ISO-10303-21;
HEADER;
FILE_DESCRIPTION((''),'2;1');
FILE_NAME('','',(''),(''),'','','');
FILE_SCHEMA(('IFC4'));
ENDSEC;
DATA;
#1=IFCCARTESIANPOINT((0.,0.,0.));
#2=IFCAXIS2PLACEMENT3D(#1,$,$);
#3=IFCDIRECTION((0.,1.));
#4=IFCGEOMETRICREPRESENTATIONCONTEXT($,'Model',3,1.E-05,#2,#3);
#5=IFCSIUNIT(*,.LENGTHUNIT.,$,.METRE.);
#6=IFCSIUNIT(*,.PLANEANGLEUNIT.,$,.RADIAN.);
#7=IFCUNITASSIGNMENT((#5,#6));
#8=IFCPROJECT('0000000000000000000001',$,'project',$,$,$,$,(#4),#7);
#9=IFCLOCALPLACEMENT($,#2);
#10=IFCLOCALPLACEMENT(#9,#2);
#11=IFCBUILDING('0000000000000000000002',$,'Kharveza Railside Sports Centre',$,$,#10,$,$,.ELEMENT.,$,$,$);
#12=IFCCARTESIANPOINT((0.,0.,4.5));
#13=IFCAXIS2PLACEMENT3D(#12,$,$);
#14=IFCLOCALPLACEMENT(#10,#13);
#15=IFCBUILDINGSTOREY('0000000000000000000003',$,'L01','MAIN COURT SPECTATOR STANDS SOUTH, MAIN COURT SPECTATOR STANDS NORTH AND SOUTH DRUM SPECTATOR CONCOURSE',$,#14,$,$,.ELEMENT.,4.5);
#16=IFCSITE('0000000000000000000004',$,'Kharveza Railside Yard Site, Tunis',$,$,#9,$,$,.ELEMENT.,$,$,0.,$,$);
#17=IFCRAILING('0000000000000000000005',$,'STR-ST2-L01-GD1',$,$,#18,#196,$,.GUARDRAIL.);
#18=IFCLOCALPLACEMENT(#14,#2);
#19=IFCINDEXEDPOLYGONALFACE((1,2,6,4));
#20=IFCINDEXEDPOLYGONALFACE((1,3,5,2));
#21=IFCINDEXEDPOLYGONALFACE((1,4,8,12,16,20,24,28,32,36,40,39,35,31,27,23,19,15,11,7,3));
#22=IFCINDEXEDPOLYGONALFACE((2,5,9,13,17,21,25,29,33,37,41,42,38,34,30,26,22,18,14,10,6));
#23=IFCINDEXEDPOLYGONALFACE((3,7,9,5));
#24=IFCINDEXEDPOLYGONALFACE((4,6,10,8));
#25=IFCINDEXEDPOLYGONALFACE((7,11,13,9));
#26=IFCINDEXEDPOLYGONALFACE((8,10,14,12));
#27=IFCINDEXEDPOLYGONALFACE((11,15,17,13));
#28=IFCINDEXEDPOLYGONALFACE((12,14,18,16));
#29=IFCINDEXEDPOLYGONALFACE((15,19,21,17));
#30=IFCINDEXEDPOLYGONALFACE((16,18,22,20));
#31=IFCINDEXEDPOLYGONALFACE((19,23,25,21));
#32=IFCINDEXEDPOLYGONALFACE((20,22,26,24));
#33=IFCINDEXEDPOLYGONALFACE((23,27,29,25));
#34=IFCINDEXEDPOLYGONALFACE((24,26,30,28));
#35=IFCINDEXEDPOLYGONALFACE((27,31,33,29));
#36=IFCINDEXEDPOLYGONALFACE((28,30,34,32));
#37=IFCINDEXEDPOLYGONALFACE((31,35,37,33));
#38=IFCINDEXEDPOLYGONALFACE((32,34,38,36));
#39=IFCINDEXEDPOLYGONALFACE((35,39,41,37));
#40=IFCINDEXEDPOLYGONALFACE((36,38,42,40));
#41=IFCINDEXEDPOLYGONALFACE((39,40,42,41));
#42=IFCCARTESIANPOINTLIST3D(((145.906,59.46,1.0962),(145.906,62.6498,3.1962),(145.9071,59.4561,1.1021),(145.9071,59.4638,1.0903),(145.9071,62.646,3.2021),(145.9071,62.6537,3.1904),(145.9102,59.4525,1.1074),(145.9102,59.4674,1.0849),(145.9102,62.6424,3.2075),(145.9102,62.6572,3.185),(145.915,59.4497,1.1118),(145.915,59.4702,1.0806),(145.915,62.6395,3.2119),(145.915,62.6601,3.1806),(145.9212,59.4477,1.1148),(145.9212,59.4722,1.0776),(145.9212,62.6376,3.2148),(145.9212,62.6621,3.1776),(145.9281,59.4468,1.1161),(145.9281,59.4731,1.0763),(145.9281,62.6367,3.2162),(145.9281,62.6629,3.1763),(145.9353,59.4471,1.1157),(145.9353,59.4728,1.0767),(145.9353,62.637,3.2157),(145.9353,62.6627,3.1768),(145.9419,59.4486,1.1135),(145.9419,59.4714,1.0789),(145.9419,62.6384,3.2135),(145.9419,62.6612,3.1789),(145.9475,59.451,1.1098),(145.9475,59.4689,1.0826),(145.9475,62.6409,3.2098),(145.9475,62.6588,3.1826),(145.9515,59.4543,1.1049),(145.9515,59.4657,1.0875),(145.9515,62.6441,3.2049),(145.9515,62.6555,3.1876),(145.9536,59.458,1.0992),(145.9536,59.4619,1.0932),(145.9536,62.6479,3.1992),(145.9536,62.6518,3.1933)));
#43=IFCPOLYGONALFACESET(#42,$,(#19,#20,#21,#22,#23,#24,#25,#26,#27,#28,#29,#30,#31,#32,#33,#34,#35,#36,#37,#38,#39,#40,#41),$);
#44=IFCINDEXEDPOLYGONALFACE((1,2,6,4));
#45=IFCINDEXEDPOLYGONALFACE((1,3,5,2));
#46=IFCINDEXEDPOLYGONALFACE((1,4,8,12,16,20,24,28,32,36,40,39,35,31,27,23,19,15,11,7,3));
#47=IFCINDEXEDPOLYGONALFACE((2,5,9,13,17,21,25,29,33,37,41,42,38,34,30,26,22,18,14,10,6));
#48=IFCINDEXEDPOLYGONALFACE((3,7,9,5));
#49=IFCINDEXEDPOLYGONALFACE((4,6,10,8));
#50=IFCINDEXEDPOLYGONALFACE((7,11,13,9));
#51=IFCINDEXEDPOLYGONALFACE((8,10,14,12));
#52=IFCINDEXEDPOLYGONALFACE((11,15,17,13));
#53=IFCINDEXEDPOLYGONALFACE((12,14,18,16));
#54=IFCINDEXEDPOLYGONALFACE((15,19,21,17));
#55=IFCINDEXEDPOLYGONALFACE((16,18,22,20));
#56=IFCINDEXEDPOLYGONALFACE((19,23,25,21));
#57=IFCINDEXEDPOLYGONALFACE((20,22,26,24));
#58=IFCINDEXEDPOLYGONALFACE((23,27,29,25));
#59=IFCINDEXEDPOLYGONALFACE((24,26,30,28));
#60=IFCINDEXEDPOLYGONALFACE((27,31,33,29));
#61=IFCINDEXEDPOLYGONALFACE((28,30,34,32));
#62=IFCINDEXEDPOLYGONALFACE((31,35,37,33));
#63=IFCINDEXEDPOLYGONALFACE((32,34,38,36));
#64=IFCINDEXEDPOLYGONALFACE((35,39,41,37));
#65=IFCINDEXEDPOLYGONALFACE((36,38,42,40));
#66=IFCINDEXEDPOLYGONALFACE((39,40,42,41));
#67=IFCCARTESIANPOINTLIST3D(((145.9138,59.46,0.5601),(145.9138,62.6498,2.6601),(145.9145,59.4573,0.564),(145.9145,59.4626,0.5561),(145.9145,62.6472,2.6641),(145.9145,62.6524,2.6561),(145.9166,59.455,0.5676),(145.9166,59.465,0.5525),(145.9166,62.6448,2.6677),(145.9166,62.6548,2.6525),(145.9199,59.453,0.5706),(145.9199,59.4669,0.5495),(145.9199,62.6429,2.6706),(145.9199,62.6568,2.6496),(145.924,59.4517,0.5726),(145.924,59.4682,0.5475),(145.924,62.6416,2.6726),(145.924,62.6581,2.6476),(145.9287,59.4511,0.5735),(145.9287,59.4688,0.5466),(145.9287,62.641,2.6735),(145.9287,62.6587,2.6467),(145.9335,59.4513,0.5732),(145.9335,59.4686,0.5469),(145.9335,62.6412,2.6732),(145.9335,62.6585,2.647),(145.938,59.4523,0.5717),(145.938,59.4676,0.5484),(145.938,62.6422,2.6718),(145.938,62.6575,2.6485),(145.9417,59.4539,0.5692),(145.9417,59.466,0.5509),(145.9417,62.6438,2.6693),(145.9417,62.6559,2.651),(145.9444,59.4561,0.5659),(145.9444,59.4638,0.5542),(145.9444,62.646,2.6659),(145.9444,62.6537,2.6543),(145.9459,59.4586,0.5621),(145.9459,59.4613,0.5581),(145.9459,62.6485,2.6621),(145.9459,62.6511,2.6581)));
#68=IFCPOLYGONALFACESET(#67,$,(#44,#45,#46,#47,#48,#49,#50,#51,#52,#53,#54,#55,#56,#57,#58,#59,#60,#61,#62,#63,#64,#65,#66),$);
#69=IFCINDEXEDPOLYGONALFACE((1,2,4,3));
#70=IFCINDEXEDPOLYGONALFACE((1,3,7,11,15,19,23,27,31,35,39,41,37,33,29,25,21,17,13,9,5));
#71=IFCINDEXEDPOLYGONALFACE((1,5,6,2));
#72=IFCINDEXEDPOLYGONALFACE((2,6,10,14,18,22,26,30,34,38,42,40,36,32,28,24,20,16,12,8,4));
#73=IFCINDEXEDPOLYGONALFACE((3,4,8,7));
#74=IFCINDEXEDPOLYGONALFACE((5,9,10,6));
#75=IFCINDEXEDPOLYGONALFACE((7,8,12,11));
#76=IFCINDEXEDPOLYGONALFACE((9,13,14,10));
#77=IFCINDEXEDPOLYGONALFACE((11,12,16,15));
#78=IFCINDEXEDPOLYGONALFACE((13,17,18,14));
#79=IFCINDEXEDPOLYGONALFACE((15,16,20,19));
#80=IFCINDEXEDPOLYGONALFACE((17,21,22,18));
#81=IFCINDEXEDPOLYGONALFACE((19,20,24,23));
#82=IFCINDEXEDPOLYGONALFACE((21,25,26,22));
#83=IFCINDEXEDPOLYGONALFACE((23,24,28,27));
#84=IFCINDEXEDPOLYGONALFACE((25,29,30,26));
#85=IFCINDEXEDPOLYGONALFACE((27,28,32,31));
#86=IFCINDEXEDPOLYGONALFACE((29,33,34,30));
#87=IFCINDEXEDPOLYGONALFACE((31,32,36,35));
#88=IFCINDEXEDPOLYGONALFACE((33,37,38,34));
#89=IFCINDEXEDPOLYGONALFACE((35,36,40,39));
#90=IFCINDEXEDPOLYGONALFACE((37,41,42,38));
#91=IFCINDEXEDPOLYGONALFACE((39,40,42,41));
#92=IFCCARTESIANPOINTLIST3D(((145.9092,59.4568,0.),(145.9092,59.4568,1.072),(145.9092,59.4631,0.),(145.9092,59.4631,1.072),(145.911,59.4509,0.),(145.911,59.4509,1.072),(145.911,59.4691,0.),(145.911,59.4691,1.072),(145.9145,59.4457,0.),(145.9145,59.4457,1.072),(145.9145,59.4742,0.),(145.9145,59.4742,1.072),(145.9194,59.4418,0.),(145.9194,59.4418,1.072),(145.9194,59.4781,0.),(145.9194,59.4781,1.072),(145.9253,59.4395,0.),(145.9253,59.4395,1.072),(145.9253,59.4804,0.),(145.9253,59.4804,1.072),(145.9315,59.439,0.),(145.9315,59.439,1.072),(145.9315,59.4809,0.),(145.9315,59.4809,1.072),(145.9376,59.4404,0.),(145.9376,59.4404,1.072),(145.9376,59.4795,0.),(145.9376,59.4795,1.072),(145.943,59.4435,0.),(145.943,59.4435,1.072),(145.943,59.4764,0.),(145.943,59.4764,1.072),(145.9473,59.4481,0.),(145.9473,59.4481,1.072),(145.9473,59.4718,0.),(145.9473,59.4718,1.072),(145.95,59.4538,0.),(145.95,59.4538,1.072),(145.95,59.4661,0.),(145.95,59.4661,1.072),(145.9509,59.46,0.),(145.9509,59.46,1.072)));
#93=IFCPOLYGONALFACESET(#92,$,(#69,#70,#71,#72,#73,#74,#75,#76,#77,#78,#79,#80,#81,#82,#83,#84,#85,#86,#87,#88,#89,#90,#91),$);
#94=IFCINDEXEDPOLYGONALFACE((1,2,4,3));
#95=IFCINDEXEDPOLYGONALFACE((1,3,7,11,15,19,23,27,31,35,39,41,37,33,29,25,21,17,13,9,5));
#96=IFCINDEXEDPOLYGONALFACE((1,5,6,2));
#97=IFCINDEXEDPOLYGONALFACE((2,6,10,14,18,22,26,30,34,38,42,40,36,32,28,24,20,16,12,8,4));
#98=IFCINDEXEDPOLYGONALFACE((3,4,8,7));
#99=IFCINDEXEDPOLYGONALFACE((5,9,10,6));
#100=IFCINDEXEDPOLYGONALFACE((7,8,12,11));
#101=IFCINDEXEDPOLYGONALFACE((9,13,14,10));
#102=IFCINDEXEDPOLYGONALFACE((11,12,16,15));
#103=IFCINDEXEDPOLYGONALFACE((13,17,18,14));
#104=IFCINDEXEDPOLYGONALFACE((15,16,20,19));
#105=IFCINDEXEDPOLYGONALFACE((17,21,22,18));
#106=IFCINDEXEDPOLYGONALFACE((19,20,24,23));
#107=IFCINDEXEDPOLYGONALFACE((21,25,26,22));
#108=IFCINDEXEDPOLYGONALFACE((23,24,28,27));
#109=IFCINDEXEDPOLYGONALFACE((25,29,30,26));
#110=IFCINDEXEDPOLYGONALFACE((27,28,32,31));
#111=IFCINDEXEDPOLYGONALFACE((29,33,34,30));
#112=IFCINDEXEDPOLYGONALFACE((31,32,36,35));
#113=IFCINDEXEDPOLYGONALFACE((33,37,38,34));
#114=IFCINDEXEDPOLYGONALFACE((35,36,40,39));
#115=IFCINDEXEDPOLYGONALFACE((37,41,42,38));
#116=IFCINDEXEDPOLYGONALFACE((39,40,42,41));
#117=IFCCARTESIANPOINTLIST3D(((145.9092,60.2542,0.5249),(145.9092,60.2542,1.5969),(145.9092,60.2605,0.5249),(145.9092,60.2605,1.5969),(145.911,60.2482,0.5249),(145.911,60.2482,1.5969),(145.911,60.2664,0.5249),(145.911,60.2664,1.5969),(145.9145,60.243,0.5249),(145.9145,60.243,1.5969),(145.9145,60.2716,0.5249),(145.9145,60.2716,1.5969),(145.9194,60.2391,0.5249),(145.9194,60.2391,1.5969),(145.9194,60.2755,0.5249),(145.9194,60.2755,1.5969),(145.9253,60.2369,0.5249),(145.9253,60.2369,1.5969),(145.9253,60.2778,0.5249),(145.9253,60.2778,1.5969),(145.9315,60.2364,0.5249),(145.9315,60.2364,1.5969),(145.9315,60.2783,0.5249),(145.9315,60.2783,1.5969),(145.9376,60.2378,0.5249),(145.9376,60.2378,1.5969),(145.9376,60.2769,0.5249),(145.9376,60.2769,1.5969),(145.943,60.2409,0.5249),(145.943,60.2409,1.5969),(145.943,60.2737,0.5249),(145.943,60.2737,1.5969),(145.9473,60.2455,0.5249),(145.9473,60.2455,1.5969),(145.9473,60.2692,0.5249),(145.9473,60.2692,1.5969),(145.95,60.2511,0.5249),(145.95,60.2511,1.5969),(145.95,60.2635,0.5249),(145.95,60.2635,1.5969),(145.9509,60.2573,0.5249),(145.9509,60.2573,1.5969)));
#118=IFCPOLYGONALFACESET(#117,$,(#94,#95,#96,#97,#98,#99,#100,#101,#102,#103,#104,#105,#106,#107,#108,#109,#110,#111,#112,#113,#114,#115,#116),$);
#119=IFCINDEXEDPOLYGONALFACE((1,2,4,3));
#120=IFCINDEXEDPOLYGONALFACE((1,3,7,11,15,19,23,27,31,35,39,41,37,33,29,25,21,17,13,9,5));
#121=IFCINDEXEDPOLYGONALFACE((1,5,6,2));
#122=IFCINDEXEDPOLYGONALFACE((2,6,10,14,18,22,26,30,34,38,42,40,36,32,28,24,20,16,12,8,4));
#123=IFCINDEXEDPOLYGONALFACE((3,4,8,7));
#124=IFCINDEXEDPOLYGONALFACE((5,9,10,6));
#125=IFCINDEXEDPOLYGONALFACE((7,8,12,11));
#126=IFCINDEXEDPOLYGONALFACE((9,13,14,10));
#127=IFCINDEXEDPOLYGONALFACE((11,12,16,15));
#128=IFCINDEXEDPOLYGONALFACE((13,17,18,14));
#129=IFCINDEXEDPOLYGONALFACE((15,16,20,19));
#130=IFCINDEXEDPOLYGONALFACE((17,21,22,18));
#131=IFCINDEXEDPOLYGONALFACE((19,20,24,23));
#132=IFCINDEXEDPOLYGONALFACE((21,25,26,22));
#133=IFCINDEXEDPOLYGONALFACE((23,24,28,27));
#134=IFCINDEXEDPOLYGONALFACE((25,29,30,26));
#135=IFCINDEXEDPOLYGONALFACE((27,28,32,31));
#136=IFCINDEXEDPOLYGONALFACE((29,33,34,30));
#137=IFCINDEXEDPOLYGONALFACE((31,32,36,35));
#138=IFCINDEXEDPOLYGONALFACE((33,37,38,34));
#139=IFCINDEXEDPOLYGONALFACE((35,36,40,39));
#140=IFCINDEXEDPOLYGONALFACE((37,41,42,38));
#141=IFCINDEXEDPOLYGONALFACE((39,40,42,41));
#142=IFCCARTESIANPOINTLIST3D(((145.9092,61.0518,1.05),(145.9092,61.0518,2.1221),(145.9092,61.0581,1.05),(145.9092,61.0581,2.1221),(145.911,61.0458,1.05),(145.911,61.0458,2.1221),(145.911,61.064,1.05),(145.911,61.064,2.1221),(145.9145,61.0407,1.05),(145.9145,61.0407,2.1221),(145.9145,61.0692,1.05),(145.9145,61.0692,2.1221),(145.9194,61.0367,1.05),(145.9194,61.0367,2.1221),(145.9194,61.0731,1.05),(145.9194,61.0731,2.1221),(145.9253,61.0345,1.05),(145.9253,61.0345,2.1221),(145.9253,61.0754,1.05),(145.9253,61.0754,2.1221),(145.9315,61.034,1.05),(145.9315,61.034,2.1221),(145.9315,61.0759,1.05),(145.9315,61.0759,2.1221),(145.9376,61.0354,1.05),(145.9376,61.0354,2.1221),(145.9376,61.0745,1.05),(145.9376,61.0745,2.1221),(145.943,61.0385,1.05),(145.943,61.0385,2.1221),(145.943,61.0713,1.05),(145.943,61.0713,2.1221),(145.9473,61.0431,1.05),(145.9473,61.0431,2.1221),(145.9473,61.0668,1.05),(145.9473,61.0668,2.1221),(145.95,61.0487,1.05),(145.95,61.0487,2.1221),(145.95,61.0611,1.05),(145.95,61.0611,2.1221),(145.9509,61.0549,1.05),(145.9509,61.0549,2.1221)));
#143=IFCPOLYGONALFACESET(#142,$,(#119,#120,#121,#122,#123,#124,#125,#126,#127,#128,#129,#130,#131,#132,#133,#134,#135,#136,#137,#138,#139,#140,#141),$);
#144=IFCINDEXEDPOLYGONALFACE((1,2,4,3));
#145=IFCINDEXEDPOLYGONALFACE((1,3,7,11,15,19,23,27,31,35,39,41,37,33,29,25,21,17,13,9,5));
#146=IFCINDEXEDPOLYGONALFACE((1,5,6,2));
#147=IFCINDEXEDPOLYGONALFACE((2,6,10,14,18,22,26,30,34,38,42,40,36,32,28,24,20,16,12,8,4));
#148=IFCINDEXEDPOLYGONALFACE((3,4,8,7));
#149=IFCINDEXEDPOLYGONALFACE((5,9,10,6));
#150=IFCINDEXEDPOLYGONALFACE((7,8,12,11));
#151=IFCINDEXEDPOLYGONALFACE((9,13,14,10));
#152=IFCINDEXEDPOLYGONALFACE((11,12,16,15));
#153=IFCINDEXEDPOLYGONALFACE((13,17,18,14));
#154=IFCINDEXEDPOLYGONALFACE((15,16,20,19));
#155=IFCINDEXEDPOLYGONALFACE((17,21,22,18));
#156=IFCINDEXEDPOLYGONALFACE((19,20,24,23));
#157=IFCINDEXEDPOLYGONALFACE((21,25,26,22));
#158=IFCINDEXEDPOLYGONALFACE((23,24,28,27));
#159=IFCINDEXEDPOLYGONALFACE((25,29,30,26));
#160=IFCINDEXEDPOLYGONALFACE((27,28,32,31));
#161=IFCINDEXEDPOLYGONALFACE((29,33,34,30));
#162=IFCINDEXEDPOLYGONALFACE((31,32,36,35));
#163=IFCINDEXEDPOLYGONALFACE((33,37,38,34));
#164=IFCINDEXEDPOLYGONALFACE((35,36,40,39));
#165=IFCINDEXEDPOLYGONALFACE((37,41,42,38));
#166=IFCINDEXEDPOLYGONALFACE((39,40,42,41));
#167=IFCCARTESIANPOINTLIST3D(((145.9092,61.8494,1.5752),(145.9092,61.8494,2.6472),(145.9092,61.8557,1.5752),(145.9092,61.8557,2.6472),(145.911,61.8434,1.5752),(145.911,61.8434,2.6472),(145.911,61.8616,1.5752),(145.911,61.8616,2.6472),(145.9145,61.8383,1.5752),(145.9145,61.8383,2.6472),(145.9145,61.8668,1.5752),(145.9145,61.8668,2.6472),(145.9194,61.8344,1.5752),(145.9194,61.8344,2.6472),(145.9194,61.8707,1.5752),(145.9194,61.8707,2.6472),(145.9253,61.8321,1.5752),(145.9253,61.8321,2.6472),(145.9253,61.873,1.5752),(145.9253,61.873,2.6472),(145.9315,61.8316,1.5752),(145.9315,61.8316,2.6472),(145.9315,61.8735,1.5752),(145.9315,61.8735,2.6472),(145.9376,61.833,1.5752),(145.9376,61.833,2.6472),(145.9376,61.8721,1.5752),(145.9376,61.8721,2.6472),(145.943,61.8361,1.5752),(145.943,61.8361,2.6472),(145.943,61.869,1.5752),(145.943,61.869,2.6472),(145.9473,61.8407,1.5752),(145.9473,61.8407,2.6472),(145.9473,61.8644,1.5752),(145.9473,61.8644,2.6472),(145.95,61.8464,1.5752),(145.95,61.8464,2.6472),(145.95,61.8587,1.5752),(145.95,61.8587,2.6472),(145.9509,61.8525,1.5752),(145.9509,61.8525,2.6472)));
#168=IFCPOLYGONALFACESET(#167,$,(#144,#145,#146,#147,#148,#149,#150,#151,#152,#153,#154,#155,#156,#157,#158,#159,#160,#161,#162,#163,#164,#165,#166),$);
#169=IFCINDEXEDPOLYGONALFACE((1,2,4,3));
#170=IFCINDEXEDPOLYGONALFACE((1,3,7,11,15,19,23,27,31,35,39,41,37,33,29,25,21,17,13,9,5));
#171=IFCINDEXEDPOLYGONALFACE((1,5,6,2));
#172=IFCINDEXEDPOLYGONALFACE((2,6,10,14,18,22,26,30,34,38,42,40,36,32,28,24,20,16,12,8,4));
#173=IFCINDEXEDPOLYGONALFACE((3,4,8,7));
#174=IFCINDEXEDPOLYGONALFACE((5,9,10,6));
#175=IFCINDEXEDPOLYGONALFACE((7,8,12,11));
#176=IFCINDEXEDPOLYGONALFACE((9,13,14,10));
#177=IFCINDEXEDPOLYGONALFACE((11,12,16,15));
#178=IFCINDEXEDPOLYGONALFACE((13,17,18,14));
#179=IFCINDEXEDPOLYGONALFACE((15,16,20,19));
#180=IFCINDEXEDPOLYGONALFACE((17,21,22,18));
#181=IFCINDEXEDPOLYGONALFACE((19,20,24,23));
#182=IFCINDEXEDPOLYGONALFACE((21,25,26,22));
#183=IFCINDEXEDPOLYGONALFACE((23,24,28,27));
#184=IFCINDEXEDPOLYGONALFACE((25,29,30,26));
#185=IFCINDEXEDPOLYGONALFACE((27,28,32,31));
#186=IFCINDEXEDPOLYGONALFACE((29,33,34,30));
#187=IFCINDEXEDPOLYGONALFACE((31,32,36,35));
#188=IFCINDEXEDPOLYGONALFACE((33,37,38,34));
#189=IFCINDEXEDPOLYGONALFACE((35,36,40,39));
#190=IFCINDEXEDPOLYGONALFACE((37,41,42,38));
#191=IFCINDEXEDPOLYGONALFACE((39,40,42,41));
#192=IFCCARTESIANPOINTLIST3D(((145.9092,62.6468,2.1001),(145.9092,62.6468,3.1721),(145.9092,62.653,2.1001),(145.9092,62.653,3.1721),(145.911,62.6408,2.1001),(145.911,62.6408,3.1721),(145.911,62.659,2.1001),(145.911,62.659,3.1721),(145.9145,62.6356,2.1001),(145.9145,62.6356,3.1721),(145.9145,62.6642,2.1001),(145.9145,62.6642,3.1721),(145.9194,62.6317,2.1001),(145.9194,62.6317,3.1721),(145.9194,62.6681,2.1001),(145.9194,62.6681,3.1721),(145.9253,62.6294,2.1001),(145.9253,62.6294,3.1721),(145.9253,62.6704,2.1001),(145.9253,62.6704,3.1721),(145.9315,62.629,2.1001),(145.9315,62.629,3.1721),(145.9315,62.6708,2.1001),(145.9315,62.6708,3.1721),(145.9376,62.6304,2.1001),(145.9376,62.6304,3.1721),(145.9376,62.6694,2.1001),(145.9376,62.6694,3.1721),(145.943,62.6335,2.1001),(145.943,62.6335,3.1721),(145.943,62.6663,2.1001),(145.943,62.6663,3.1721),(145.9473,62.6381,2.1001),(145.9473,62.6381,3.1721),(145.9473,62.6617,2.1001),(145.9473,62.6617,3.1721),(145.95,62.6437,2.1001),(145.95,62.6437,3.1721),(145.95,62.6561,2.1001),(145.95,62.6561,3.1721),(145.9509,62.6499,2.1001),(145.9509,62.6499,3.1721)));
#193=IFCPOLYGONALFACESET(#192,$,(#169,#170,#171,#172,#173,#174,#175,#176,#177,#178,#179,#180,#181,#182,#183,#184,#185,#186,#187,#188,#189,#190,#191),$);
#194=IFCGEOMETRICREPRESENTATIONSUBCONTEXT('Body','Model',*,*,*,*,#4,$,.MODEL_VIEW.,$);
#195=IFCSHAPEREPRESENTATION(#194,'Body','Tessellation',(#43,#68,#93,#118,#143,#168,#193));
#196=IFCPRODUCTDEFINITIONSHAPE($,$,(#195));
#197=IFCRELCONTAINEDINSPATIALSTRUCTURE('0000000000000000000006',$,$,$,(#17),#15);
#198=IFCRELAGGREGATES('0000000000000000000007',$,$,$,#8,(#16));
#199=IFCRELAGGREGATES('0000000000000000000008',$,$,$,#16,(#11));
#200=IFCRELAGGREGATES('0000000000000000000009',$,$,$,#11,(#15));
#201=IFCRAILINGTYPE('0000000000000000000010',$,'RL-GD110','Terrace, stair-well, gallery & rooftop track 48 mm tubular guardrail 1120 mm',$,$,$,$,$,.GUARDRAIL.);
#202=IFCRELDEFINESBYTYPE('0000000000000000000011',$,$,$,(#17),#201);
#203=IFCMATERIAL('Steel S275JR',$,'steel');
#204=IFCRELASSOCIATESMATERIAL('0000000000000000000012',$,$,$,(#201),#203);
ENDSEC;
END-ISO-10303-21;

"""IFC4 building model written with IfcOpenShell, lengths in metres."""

from ifc_helpers import new_model, si_unit, direction, frame, origin, origin_2d, place, context, subcontext, project, spatial, circle, extrude, material, type_object, element, save


model = new_model("IFC4")

# Units and contexts
model_context = context("Model", 3, precision=1e-05, world=origin(), true_north=direction((0.0, 1.0)))
body_context = subcontext(model_context, "Body", "Model", "MODEL_VIEW")
ifc_project = project(units=[si_unit("LENGTHUNIT", "METRE"), si_unit("PLANEANGLEUNIT", "RADIAN")], contexts=[model_context])

# Site, building, storey
site_placement = place(None, origin())
site = spatial("IfcSite", under=ifc_project, at=site_placement, Name="Kharveza Railside Yard Site, Tunis", CompositionType="ELEMENT", RefElevation=0.0)
building_placement = place(site_placement, origin())
building = spatial("IfcBuilding", under=site, at=building_placement, Name="Kharveza Railside Sports Centre", CompositionType="ELEMENT")
storey_placement = place(building_placement, frame((0.0, 0.0, 4.5)))
storey = spatial("IfcBuildingStorey", under=building, at=storey_placement, Name="L01", Description="MAIN COURT SPECTATOR STANDS SOUTH, MAIN COURT SPECTATOR STANDS NORTH AND SOUTH DRUM SPECTATOR CONCOURSE", CompositionType="ELEMENT", Elevation=4.5)

# Railing
ifc_material_1 = material(Name="Steel S275JR", Category="steel")
railing_type_1 = type_object("IfcRailingType", Name="RL-GD110", Description="Terrace, stair-well, gallery & rooftop track 48 mm tubular guardrail 1120 mm", PredefinedType="GUARDRAIL", material=ifc_material_1)
railing_1_placement = place(storey_placement, frame((145.9299, 59.46, 0.0)))
element("IfcRailing", 1, at=railing_1_placement, inside=storey, type_object=railing_type_1, Name="STR-ST2-L01-GD1", PredefinedType="GUARDRAIL", context=body_context, shape_type="SweptSolid", body=[
    extrude(circle(Radius=0.0239, at=origin_2d()), frame((0.0, 0.0, 1.0962), z_axis=(0.0, 0.835242, 0.549882), x_axis=(-1.0, 0.0, 0.0)), (0.0, 0.0, 1.0), 3.8191),
    extrude(circle(Radius=0.0161, at=origin_2d()), frame((0.0, 0.0, 0.5601), z_axis=(0.0, 0.835242, 0.549882), x_axis=(-1.0, 0.0, 0.0)), (0.0, 0.0, 1.0), 3.8191),
    extrude(circle(Radius=0.021, at=origin_2d()), origin(), (0.0, 0.0, 1.0), 1.072),
    extrude(circle(Radius=0.021, at=origin_2d()), frame((0.0, 0.7974, 0.5249)), (0.0, 0.0, 1.0), 1.072),
    extrude(circle(Radius=0.021, at=origin_2d()), frame((0.0, 1.595, 1.05)), (0.0, 0.0, 1.0), 1.072),
    extrude(circle(Radius=0.021, at=origin_2d()), frame((0.0, 2.3926, 1.5752)), (0.0, 0.0, 1.0), 1.072),
    extrude(circle(Radius=0.021, at=origin_2d()), frame((0.0, 3.1899, 2.1001)), (0.0, 0.0, 1.0), 1.072),
])

save(model, "model.ifc")
